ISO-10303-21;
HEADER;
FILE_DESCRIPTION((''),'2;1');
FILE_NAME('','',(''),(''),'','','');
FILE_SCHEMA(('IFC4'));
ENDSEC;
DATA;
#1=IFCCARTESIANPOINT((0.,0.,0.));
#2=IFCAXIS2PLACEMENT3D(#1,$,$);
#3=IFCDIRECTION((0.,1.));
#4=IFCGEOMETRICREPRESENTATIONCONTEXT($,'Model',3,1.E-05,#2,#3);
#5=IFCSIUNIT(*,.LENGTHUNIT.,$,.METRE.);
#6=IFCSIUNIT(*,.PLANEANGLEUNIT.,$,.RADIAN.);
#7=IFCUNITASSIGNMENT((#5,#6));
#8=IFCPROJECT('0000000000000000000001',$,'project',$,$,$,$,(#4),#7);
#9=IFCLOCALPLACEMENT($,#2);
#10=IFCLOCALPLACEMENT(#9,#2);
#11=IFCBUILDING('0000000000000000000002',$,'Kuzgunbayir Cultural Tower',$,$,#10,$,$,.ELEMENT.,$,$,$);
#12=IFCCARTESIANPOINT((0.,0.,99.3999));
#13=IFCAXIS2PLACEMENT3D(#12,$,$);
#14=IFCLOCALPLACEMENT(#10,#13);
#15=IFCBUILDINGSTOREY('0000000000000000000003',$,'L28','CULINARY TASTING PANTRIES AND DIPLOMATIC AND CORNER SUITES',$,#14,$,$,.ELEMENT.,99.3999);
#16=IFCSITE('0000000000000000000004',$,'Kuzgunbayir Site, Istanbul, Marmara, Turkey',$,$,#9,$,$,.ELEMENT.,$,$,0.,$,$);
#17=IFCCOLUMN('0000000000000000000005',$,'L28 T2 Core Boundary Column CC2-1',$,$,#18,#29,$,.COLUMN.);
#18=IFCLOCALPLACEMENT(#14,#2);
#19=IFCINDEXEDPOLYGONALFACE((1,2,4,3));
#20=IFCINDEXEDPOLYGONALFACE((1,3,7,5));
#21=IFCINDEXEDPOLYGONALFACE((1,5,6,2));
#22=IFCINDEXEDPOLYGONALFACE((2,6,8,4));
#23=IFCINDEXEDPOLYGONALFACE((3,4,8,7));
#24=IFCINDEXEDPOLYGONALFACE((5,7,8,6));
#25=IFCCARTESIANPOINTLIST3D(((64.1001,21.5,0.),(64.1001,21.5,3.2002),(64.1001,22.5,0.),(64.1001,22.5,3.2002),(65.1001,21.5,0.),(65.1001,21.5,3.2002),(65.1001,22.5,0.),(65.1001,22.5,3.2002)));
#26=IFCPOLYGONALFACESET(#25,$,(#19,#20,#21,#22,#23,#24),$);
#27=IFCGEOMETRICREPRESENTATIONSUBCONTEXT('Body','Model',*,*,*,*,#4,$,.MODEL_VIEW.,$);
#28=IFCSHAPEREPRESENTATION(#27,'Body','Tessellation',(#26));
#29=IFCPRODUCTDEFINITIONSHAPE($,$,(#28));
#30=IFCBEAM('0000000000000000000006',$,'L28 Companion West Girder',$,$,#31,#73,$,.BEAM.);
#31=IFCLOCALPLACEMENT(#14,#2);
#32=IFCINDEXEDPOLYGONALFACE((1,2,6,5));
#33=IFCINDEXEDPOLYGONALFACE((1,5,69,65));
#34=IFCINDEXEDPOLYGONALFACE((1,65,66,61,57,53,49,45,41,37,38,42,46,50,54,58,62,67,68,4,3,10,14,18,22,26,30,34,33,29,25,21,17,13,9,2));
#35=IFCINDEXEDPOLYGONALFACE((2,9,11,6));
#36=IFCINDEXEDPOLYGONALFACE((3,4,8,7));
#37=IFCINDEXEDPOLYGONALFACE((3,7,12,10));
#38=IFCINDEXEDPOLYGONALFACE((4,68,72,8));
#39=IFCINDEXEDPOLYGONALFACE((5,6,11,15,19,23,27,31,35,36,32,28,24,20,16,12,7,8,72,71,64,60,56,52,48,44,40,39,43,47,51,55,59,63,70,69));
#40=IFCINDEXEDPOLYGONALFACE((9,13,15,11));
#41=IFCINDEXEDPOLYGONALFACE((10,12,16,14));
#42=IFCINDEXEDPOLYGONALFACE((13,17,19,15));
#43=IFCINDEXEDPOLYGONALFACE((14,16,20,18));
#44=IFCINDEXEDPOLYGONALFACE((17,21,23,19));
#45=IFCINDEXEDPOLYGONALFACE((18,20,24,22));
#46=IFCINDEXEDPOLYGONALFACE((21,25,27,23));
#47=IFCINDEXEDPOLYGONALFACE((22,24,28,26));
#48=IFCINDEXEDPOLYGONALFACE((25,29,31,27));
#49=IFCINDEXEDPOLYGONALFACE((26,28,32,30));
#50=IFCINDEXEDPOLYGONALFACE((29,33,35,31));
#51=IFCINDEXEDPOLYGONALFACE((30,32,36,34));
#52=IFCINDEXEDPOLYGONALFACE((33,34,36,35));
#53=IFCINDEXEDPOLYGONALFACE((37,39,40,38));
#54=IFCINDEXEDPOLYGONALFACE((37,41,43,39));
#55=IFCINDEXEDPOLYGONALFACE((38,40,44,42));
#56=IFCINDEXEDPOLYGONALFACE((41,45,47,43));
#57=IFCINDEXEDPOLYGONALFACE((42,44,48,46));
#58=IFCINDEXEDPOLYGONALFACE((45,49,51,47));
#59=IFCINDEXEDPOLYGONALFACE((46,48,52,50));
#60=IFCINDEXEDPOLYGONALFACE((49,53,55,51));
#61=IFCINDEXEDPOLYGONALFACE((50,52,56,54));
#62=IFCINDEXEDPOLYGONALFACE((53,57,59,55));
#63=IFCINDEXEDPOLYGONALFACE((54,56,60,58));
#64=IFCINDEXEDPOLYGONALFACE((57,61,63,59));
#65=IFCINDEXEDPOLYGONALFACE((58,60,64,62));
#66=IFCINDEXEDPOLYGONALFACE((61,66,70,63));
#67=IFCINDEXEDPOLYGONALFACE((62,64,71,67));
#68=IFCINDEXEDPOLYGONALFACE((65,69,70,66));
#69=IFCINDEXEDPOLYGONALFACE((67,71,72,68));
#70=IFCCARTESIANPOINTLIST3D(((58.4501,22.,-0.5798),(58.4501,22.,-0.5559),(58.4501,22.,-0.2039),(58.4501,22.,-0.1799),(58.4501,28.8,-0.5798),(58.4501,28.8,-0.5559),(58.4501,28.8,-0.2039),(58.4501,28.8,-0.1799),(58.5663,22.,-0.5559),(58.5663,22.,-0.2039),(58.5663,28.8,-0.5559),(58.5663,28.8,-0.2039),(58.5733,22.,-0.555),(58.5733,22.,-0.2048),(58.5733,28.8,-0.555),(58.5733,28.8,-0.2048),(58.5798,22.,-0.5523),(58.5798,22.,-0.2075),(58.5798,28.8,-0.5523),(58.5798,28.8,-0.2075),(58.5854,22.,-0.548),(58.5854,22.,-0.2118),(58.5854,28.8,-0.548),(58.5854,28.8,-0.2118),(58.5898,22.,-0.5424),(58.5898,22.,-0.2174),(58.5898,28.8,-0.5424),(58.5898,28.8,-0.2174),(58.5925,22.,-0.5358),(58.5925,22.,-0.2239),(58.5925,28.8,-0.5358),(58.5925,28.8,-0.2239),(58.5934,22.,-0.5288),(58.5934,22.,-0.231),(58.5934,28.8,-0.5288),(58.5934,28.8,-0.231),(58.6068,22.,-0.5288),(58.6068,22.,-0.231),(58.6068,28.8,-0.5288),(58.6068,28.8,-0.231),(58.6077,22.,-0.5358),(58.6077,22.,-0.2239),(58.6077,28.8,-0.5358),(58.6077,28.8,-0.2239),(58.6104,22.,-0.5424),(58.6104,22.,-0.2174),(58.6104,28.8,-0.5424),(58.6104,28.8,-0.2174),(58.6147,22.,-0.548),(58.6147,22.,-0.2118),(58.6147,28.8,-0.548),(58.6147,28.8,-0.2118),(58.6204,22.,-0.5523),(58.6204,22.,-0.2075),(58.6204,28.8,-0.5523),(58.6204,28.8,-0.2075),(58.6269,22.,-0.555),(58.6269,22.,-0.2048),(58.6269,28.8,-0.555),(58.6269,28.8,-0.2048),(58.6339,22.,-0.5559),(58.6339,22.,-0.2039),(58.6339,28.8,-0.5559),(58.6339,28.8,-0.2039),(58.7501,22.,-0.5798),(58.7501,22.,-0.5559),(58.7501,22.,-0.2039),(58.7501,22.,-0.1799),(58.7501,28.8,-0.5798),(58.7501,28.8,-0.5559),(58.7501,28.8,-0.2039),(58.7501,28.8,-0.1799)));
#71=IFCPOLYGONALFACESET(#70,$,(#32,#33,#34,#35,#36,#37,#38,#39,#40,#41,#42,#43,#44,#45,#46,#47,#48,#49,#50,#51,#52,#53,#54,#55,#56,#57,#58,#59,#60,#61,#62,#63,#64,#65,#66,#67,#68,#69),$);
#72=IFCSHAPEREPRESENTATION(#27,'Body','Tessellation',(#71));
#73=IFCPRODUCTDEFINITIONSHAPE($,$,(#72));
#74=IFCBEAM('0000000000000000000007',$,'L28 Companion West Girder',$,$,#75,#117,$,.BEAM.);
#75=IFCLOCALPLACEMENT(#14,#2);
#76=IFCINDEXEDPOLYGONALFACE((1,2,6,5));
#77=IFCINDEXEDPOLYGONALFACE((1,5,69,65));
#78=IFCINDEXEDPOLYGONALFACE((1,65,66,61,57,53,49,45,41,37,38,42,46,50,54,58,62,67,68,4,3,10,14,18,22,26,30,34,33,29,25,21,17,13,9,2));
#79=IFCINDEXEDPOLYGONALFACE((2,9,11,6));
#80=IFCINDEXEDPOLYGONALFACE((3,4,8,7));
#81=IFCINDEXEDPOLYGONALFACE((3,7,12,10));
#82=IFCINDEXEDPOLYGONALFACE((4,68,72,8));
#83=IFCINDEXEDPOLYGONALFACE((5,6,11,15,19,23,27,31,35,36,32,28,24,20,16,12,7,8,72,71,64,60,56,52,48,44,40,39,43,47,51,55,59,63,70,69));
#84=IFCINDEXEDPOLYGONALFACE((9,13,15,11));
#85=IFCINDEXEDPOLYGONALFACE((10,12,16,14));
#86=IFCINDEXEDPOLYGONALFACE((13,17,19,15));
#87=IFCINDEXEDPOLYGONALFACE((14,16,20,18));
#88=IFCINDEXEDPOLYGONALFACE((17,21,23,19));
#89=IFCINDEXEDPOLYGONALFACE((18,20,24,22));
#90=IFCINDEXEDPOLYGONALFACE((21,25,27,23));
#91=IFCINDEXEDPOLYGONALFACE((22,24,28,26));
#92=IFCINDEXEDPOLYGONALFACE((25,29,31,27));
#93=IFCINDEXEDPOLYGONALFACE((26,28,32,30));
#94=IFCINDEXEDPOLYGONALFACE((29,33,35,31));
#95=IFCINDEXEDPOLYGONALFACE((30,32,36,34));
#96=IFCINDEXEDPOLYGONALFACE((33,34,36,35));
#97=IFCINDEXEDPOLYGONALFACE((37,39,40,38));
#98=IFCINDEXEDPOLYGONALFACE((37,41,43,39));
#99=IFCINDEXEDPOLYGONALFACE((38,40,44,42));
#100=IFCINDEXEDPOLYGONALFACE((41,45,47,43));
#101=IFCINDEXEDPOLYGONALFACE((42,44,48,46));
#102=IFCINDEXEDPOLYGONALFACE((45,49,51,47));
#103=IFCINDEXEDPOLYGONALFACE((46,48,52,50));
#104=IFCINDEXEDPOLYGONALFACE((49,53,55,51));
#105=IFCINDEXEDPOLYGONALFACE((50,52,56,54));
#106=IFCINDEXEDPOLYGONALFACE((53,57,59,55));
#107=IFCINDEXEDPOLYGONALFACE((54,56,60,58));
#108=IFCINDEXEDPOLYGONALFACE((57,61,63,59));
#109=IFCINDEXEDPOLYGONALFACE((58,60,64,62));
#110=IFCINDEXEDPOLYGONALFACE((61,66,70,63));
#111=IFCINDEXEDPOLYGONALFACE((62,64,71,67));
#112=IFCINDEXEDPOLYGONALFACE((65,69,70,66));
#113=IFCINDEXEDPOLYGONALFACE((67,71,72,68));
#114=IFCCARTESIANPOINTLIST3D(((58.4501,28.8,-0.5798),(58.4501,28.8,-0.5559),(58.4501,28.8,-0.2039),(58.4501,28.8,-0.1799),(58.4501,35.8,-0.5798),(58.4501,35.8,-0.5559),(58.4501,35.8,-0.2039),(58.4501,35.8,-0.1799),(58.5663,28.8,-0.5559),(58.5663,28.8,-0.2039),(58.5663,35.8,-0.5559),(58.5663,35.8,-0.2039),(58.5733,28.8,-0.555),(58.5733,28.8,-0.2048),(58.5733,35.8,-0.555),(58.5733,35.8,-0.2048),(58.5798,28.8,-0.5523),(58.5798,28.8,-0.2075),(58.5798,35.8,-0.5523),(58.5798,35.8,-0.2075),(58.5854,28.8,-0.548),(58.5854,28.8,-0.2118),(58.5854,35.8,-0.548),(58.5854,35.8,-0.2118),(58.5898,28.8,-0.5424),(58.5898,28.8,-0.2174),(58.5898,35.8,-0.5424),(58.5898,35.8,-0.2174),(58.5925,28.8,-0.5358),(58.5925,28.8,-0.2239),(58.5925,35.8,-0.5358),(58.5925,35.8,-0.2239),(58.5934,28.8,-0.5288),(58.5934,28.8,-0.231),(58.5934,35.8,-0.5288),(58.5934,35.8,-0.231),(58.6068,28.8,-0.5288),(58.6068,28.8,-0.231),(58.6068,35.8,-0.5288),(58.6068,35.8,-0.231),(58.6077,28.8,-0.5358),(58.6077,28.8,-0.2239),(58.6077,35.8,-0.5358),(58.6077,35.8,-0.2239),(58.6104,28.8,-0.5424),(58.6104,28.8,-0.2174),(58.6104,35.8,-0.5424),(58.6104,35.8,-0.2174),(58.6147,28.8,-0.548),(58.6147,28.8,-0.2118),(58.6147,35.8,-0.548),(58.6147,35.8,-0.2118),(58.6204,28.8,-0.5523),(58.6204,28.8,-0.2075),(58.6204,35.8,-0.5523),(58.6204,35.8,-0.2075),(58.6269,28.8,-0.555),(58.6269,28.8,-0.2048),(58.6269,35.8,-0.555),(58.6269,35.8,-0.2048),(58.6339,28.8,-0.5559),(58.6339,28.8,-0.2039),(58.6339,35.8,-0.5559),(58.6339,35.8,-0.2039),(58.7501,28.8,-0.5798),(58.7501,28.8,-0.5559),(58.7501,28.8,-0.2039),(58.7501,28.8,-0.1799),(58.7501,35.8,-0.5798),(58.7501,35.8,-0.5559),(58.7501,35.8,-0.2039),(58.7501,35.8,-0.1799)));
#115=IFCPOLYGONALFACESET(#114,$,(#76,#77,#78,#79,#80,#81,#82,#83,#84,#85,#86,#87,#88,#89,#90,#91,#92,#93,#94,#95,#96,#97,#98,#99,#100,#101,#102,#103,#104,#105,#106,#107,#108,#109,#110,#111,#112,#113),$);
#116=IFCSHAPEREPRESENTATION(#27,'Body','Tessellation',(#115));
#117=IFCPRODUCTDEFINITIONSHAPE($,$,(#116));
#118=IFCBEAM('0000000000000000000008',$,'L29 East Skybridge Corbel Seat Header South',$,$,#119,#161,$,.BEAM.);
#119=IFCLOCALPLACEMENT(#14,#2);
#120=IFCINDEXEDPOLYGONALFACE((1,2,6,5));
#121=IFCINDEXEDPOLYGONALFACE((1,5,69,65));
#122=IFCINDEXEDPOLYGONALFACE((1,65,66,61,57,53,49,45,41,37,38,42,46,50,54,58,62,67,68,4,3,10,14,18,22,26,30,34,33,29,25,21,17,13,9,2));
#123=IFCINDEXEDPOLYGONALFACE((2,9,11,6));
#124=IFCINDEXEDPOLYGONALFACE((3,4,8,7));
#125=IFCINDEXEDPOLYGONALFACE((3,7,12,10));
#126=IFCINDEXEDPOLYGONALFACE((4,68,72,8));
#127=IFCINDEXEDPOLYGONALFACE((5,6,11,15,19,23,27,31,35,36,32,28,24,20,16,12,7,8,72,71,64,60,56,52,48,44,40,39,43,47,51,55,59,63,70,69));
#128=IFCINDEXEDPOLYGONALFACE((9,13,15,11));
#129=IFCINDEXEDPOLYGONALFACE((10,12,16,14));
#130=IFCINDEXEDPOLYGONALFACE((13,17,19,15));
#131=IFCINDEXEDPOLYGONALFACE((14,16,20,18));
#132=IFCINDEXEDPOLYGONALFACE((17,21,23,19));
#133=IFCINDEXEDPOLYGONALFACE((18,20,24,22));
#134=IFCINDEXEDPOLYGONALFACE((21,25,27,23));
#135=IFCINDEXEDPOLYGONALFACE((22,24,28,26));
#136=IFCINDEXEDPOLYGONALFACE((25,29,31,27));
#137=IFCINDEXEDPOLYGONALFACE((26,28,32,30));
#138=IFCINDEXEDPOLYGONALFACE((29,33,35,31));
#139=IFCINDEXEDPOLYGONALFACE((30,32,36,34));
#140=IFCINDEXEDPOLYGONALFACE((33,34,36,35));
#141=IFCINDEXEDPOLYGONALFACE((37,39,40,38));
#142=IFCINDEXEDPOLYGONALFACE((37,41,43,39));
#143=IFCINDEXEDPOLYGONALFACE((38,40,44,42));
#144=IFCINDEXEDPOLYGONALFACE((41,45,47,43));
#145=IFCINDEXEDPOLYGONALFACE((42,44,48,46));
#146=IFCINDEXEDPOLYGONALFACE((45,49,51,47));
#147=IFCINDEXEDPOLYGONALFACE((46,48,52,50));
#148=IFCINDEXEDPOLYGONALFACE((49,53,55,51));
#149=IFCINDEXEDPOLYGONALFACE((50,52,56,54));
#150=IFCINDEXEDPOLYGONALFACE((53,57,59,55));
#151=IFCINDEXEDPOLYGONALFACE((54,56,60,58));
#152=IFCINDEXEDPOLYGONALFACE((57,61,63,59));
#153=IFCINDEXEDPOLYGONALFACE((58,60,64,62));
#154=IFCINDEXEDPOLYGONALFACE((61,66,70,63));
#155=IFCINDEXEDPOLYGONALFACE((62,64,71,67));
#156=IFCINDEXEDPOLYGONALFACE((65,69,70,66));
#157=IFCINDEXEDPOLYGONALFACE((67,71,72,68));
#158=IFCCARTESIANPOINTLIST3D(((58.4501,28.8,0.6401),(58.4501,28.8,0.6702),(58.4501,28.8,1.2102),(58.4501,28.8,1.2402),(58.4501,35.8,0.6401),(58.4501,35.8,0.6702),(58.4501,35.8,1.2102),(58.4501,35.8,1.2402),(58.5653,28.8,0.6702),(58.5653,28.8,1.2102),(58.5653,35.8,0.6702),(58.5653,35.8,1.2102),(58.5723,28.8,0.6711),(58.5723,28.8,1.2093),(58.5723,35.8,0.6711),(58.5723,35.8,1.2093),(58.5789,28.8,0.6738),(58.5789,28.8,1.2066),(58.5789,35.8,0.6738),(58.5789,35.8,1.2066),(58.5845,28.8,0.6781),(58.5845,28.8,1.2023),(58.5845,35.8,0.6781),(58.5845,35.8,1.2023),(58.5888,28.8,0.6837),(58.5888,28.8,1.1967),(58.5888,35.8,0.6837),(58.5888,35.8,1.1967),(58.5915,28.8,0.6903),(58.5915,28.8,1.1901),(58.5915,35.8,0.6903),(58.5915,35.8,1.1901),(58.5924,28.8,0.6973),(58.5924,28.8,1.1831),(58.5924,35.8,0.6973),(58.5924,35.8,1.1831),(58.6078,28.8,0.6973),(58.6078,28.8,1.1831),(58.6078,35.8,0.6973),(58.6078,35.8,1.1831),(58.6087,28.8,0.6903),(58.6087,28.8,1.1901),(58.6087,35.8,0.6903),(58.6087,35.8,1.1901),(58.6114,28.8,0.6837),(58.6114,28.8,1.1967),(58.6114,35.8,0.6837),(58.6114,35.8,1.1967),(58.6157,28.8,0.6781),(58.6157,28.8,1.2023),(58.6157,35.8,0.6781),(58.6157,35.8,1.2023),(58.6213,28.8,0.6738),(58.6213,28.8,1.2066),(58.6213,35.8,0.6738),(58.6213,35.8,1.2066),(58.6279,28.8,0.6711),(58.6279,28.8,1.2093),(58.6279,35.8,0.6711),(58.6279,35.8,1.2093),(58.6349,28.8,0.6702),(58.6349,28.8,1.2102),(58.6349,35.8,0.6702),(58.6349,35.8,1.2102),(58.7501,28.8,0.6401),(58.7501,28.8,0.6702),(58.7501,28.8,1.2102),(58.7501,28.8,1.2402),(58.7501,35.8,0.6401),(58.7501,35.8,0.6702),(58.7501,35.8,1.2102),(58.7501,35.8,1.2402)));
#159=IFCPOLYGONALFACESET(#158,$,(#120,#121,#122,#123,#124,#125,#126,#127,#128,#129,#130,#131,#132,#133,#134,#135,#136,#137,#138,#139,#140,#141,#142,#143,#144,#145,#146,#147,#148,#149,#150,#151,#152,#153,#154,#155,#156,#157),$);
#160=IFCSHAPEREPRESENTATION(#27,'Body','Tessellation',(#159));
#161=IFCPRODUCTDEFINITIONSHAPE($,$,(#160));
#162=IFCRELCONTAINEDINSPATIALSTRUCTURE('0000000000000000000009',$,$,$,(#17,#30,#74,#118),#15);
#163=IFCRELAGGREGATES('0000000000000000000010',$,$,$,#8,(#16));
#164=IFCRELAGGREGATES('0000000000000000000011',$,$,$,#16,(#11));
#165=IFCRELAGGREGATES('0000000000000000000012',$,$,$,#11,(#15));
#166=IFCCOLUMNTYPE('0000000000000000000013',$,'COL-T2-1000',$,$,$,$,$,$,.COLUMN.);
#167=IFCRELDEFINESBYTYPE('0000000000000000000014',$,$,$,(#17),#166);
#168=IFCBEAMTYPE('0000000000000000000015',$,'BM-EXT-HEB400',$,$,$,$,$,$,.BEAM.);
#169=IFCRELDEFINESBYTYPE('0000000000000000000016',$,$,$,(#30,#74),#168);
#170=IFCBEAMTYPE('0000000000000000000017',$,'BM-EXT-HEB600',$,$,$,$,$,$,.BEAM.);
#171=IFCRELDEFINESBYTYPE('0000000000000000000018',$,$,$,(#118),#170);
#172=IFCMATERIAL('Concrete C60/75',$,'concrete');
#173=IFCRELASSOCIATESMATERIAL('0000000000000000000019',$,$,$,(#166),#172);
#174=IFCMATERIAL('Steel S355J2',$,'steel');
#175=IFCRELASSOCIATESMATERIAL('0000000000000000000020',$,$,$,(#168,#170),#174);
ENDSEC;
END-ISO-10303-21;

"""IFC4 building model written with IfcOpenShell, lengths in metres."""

from ifc_helpers import new_model, si_unit, direction, frame, origin, origin_2d, place, context, subcontext, project, spatial, rectangle, i_section, extrude, material, material_profile, profile_set, type_object, element, save


model = new_model("IFC4")

# Units and contexts
model_context = context("Model", 3, precision=1e-05, world=origin(), true_north=direction((0.0, 1.0)))
body_context = subcontext(model_context, "Body", "Model", "MODEL_VIEW")
ifc_project = project(units=[si_unit("LENGTHUNIT", "METRE"), si_unit("PLANEANGLEUNIT", "RADIAN")], contexts=[model_context])

# Site, building, storey
site_placement = place(None, origin())
site = spatial("IfcSite", under=ifc_project, at=site_placement, Name="Kuzgunbayir Site, Istanbul, Marmara, Turkey", CompositionType="ELEMENT", RefElevation=0.0)
building_placement = place(site_placement, origin())
building = spatial("IfcBuilding", under=site, at=building_placement, Name="Kuzgunbayir Cultural Tower", CompositionType="ELEMENT")
storey_placement = place(building_placement, frame((0.0, 0.0, 99.3999)))
storey = spatial("IfcBuildingStorey", under=building, at=storey_placement, Name="L28", Description="CULINARY TASTING PANTRIES AND DIPLOMATIC AND CORNER SUITES", CompositionType="ELEMENT", Elevation=99.3999)

# Column
ifc_material_1 = material(Name="Concrete C60/75", Category="concrete")
ifc_material_profile_1 = material_profile(ifc_material_1, rectangle(XDim=1.0, YDim=1.0, at=origin_2d()), Name="RC 1000x1000")
ifc_profile_set_1 = profile_set([ifc_material_profile_1], Name="Concrete C60/75")
column_type = type_object("IfcColumnType", Name="COL-T2-1000", PredefinedType="COLUMN", material=ifc_profile_set_1)
column_placement = place(storey_placement, frame((64.6001, 22.0, 0.0), z_axis=(0.0, 0.0, 1.0), x_axis=(1.0, 0.0, 0.0)))
element("IfcColumn", 1, at=column_placement, inside=storey, type_object=column_type, Name="L28 T2 Core Boundary Column CC2-1", PredefinedType="COLUMN", context=body_context, shape_type="SweptSolid", body=[
    extrude(rectangle(XDim=1.0, YDim=1.0, at=origin_2d()), origin(), (0.0, 0.0, 1.0), 3.2002),
])

# Beams
ifc_material_2 = material(Name="Steel S355J2", Category="steel")
ifc_material_profile_2 = material_profile(ifc_material_2, i_section(OverallWidth=0.3, OverallDepth=0.3999, WebThickness=0.0134, FlangeThickness=0.0239, FilletRadius=0.0271, at=origin_2d()), Name="HEB 400")
ifc_profile_set_2 = profile_set([ifc_material_profile_2], Name="Steel S355J2")
beam_type_1 = type_object("IfcBeamType", Name="BM-EXT-HEB400", PredefinedType="BEAM", material=ifc_profile_set_2)
beam_1_placement = place(storey_placement, frame((58.6001, 22.0, -0.3799), z_axis=(0.0, 1.0, 0.0), x_axis=(-1.0, 0.0, 0.0)))
element("IfcBeam", 2, at=beam_1_placement, inside=storey, type_object=beam_type_1, Name="L28 Companion West Girder", PredefinedType="BEAM", context=body_context, shape_type="SweptSolid", body=[
    extrude(i_section(OverallWidth=0.3, OverallDepth=0.3999, WebThickness=0.0134, FlangeThickness=0.0239, FilletRadius=0.0271, at=origin_2d()), origin(), (0.0, 0.0, 1.0), 6.8),
])
beam_2_placement = place(storey_placement, frame((58.6001, 28.8, -0.3799), z_axis=(0.0, 1.0, 0.0), x_axis=(-1.0, 0.0, 0.0)))
element("IfcBeam", 3, at=beam_2_placement, inside=storey, type_object=beam_type_1, Name="L28 Companion West Girder", PredefinedType="BEAM", context=body_context, shape_type="SweptSolid", body=[
    extrude(i_section(OverallWidth=0.3, OverallDepth=0.3999, WebThickness=0.0134, FlangeThickness=0.0239, FilletRadius=0.0271, at=origin_2d()), origin(), (0.0, 0.0, 1.0), 7.0),
])
ifc_material_profile_3 = material_profile(ifc_material_2, i_section(OverallWidth=0.3, OverallDepth=0.6001, WebThickness=0.0154, FlangeThickness=0.03, FilletRadius=0.0271, at=origin_2d()), Name="HEB 600")
ifc_profile_set_3 = profile_set([ifc_material_profile_3], Name="Steel S355J2")
beam_type_2 = type_object("IfcBeamType", Name="BM-EXT-HEB600", PredefinedType="BEAM", material=ifc_profile_set_3)
beam_3_placement = place(storey_placement, frame((58.6001, 28.8, 0.9402), z_axis=(0.0, 1.0, 0.0), x_axis=(-1.0, 0.0, 0.0)))
element("IfcBeam", 4, at=beam_3_placement, inside=storey, type_object=beam_type_2, Name="L29 East Skybridge Corbel Seat Header South", PredefinedType="BEAM", context=body_context, shape_type="SweptSolid", body=[
    extrude(i_section(OverallWidth=0.3, OverallDepth=0.6001, WebThickness=0.0154, FlangeThickness=0.03, FilletRadius=0.0271, at=origin_2d()), origin(), (0.0, 0.0, 1.0), 7.0),
])

save(model, "model.ifc")
